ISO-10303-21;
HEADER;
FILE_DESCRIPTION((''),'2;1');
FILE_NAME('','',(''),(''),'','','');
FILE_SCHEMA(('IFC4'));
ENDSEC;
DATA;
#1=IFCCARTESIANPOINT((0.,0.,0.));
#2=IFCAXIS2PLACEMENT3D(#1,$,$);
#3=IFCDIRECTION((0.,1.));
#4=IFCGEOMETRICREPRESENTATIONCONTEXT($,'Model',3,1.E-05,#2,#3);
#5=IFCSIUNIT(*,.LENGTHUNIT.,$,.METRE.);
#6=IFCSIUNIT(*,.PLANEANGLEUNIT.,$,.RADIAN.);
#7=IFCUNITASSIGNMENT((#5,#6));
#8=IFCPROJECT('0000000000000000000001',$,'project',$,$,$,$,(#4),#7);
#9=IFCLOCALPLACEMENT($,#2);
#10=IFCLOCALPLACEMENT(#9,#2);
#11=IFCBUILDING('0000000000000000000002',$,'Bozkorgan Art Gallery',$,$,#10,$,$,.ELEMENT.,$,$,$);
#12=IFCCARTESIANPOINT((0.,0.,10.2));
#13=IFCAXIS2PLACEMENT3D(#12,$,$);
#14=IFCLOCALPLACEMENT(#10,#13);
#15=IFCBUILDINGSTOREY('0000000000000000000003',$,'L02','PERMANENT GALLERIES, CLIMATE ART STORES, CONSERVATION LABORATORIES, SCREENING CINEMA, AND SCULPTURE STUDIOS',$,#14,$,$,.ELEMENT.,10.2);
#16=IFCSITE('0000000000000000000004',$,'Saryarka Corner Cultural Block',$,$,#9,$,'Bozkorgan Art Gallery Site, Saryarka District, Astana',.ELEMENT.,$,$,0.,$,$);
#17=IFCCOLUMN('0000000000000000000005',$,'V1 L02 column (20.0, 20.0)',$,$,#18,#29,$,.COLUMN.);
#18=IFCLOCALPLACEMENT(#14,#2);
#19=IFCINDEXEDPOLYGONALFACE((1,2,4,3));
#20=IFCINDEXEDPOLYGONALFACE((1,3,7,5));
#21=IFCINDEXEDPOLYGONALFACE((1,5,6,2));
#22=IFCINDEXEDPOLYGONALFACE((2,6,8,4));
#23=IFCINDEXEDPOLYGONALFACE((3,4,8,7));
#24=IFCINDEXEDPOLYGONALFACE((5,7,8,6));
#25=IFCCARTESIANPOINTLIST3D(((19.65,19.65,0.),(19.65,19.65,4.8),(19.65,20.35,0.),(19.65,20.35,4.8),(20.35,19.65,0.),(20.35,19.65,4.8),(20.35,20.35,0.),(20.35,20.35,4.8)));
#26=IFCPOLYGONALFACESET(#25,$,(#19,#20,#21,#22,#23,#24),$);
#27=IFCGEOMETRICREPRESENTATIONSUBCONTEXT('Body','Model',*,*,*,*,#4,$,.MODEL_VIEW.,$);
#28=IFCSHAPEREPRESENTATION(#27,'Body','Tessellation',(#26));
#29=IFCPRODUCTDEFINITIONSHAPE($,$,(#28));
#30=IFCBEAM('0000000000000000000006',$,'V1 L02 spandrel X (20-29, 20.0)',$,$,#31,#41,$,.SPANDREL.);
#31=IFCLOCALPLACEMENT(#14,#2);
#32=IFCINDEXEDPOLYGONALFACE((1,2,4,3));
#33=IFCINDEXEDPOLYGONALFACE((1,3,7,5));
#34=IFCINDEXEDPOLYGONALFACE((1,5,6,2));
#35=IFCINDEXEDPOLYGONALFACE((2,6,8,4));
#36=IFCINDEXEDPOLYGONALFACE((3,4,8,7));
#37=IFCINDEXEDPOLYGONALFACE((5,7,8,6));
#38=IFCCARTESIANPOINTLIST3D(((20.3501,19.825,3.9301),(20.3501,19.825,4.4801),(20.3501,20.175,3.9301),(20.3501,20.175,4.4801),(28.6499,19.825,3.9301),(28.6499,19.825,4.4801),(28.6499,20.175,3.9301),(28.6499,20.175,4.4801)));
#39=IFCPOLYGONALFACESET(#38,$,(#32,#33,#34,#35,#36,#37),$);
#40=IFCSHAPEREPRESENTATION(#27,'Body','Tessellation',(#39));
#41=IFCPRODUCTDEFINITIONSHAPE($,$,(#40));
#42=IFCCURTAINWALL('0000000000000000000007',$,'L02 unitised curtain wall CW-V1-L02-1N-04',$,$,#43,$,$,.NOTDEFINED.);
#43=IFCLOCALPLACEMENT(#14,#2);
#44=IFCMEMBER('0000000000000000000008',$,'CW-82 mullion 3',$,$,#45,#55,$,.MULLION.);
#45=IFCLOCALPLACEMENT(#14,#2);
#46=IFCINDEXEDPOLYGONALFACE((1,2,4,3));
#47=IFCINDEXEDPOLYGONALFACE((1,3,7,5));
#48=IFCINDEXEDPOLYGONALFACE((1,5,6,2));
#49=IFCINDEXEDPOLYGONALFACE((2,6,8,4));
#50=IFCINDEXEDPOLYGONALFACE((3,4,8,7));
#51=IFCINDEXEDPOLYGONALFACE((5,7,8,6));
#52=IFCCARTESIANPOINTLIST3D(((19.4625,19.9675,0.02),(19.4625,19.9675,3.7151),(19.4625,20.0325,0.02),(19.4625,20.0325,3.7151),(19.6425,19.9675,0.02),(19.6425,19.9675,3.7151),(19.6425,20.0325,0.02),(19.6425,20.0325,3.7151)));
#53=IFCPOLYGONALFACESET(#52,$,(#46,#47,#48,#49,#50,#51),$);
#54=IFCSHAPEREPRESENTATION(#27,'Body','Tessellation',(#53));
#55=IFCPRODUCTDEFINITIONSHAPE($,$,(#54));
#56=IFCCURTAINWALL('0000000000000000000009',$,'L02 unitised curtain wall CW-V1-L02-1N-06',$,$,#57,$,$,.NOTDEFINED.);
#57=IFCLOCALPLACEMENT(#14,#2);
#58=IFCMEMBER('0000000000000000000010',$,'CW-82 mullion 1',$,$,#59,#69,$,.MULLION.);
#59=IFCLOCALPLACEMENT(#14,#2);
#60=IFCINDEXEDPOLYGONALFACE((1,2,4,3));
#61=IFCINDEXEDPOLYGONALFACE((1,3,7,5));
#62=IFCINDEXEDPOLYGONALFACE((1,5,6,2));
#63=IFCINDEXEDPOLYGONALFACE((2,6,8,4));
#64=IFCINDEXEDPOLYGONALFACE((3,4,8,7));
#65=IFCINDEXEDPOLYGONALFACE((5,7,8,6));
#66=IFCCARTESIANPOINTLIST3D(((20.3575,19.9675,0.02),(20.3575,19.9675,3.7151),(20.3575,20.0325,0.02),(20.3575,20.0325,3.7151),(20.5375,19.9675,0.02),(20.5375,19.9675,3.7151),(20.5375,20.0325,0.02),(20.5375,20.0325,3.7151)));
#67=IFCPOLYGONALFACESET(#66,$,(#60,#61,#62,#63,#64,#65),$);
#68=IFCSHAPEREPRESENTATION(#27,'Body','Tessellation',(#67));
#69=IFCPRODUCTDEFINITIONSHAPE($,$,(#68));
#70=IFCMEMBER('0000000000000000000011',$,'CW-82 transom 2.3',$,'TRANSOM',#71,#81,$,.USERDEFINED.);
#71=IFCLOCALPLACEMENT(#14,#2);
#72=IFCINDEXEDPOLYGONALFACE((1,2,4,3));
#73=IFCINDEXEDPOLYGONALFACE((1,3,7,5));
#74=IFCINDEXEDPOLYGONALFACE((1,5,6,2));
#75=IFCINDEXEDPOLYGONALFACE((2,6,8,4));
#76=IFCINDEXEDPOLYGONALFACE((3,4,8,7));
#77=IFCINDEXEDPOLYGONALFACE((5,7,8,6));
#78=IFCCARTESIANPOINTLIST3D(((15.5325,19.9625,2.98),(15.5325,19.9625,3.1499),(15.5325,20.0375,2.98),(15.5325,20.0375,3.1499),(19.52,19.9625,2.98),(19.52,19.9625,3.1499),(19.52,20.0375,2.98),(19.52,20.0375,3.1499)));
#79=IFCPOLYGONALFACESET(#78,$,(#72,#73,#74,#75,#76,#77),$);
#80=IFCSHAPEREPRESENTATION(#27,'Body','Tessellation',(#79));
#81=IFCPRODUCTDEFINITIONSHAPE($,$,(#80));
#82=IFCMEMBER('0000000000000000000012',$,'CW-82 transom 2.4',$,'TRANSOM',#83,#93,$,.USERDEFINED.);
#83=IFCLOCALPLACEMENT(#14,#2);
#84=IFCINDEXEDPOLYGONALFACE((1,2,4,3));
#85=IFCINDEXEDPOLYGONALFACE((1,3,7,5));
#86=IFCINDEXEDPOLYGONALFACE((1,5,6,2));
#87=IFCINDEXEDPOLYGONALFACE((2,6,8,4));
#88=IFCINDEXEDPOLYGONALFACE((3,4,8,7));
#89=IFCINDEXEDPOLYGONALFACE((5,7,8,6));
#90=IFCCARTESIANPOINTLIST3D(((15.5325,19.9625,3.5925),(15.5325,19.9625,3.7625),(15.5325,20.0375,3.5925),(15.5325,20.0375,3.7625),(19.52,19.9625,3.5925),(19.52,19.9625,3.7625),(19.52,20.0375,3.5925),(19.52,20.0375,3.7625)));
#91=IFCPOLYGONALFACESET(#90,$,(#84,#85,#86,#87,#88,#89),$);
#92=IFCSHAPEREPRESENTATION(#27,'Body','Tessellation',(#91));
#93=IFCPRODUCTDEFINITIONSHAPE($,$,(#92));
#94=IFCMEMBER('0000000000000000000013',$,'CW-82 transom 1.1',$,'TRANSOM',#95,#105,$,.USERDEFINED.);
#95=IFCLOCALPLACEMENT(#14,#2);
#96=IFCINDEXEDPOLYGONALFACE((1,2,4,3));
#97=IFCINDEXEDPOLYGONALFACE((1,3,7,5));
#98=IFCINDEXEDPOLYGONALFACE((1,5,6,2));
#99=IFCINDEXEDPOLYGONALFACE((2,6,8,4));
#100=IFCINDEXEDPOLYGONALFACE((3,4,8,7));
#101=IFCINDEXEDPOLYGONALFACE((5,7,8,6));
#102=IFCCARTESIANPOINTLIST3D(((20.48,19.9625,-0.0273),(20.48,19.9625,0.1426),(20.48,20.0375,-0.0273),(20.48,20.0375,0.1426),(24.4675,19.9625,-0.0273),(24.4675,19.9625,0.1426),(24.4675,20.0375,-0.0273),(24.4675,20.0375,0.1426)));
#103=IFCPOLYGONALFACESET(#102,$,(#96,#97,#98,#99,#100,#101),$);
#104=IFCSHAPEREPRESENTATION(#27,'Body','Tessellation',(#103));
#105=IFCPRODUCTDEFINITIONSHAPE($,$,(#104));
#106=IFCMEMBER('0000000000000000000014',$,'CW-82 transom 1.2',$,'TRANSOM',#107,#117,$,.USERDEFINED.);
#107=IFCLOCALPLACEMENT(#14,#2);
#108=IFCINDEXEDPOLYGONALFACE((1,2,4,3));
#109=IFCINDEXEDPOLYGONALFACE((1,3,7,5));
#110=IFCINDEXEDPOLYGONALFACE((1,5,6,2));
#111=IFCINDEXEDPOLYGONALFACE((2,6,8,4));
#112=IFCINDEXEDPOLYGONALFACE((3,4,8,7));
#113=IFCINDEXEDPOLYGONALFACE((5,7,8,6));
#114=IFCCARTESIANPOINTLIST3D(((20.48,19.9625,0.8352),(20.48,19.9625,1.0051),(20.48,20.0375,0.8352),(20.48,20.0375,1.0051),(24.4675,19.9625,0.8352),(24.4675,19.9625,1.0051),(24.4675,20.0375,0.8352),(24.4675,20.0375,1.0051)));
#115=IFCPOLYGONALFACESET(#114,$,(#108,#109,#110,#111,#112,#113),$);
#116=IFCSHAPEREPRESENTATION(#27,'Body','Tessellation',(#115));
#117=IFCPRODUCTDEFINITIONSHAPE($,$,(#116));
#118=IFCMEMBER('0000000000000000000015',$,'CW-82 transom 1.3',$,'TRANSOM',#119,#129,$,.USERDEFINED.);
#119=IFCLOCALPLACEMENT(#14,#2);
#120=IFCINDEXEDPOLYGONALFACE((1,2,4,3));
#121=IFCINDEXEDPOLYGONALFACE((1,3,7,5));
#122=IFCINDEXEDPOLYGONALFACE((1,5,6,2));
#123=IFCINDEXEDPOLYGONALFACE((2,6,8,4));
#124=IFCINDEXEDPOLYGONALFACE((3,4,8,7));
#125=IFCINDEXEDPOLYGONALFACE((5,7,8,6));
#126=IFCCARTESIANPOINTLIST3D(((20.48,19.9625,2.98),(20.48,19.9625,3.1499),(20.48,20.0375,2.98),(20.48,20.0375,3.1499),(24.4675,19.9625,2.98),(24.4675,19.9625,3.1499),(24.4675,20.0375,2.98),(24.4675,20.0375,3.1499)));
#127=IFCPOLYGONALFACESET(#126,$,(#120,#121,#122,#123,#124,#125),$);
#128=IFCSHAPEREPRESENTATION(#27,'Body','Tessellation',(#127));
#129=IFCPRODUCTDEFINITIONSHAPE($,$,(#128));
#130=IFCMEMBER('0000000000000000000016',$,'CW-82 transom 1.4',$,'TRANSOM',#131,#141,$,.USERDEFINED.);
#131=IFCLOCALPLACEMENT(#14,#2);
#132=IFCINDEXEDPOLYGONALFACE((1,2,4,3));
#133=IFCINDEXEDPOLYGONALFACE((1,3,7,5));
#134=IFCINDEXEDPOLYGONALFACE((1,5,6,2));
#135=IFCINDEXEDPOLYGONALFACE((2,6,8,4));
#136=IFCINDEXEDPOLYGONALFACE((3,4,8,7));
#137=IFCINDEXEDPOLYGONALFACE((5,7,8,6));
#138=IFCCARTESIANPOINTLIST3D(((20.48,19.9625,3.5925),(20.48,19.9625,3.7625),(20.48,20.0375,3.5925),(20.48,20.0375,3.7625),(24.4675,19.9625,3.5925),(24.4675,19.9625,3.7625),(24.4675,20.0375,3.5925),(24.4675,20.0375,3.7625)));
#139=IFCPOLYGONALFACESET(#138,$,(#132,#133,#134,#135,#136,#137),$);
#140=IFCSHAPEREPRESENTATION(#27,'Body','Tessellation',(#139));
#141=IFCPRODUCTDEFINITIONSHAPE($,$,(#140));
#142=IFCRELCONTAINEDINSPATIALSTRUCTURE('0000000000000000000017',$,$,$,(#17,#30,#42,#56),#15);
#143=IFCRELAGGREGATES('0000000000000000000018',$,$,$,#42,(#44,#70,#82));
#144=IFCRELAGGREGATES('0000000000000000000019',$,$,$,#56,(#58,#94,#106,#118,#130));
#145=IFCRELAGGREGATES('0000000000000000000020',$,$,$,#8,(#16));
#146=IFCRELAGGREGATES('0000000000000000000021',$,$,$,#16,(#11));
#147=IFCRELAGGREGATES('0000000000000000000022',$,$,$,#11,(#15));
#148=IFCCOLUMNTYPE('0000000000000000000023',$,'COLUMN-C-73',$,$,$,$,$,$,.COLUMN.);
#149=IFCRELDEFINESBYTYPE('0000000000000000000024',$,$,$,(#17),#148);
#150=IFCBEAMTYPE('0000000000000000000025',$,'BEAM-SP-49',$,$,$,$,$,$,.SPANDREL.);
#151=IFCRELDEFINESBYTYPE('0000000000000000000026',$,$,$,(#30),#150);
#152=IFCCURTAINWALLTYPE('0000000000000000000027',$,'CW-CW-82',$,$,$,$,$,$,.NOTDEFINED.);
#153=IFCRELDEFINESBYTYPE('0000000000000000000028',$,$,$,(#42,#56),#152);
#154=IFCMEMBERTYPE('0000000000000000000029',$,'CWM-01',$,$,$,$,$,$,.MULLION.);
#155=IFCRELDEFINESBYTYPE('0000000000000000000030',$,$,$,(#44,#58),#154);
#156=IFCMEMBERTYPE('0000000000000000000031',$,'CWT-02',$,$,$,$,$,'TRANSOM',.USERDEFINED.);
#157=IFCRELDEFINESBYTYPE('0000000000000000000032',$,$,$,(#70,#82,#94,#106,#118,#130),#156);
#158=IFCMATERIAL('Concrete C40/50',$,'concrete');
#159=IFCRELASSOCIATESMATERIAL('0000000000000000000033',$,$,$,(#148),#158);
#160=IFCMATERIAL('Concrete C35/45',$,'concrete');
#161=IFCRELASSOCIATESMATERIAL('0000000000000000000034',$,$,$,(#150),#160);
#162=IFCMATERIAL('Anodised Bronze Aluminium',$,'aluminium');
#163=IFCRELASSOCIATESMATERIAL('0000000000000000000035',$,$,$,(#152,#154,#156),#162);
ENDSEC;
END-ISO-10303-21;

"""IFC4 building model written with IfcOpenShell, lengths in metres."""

from ifc_helpers import new_model, si_unit, direction, frame, origin, origin_2d, place, context, subcontext, project, spatial, rectangle, extrude, material, material_profile, profile_set, type_object, element, aggregate, save


model = new_model("IFC4")

# Units and contexts
model_context = context("Model", 3, precision=1e-05, world=origin(), true_north=direction((0.0, 1.0)))
body_context = subcontext(model_context, "Body", "Model", "MODEL_VIEW")
ifc_project = project(units=[si_unit("LENGTHUNIT", "METRE"), si_unit("PLANEANGLEUNIT", "RADIAN")], contexts=[model_context])

# Site, building, storey
site_placement = place(None, origin())
site = spatial("IfcSite", under=ifc_project, at=site_placement, Name="Saryarka Corner Cultural Block", LongName="Bozkorgan Art Gallery Site, Saryarka District, Astana", CompositionType="ELEMENT", RefElevation=0.0)
building_placement = place(site_placement, origin())
building = spatial("IfcBuilding", under=site, at=building_placement, Name="Bozkorgan Art Gallery", CompositionType="ELEMENT")
storey_placement = place(building_placement, frame((0.0, 0.0, 10.2)))
storey = spatial("IfcBuildingStorey", under=building, at=storey_placement, Name="L02", Description="PERMANENT GALLERIES, CLIMATE ART STORES, CONSERVATION LABORATORIES, SCREENING CINEMA, AND SCULPTURE STUDIOS", CompositionType="ELEMENT", Elevation=10.2)

# Column
ifc_material_1 = material(Name="Concrete C40/50", Category="concrete")
ifc_material_profile_1 = material_profile(ifc_material_1, rectangle(XDim=0.7, YDim=0.7, at=origin_2d()), Name="RC 700x700")
ifc_profile_set_1 = profile_set([ifc_material_profile_1], Name="Concrete C40/50")
column_type = type_object("IfcColumnType", Name="COLUMN-C-73", PredefinedType="COLUMN", material=ifc_profile_set_1)
column_placement = place(storey_placement, frame((20.0, 20.0, 0.0), z_axis=(0.0, 0.0, 1.0), x_axis=(1.0, 0.0, 0.0)))
element("IfcColumn", 1, at=column_placement, inside=storey, type_object=column_type, Name="V1 L02 column (20.0, 20.0)", PredefinedType="COLUMN", context=body_context, shape_type="SweptSolid", body=[
    extrude(rectangle(XDim=0.7, YDim=0.7, at=origin_2d()), origin(), (0.0, 0.0, 1.0), 4.8),
])

# Beam
ifc_material_2 = material(Name="Concrete C35/45", Category="concrete")
ifc_material_profile_2 = material_profile(ifc_material_2, rectangle(XDim=0.3501, YDim=0.55, at=origin_2d()), Name="RC 350x550")
ifc_profile_set_2 = profile_set([ifc_material_profile_2], Name="Concrete C35/45")
beam_type = type_object("IfcBeamType", Name="BEAM-SP-49", PredefinedType="SPANDREL", material=ifc_profile_set_2)
beam_placement = place(storey_placement, frame((20.3501, 20.0, 4.2051), z_axis=(1.0, 0.0, 0.0), x_axis=(0.0, 1.0, 0.0)))
element("IfcBeam", 2, at=beam_placement, inside=storey, type_object=beam_type, Name="V1 L02 spandrel X (20-29, 20.0)", PredefinedType="SPANDREL", context=body_context, shape_type="SweptSolid", body=[
    extrude(rectangle(XDim=0.3501, YDim=0.55, at=origin_2d()), origin(), (0.0, 0.0, 1.0), 8.2998),
])

# Curtain walls, members
ifc_material_3 = material(Name="Anodised Bronze Aluminium", Category="aluminium")
curtain_wall_type = type_object("IfcCurtainWallType", Name="CW-CW-82", PredefinedType="NOTDEFINED", material=ifc_material_3)
curtain_wall_1_placement = place(storey_placement, origin())
curtain_wall_1 = element("IfcCurtainWall", 3, at=curtain_wall_1_placement, inside=storey, type_object=curtain_wall_type, Name="L02 unitised curtain wall CW-V1-L02-1N-04", PredefinedType="NOTDEFINED")
ifc_material_profile_3 = material_profile(ifc_material_3, rectangle(XDim=0.0649, YDim=0.1799, at=origin_2d()), Name="ALU MULLION 65x180")
ifc_profile_set_3 = profile_set([ifc_material_profile_3], Name="Anodised Bronze Aluminium")
member_type_1 = type_object("IfcMemberType", Name="CWM-01", PredefinedType="MULLION", material=ifc_profile_set_3)
member_1_placement = place(storey_placement, frame((19.5525, 20.0, 0.02), z_axis=(0.0, 0.0, 1.0), x_axis=(0.0, 1.0, 0.0)))
member_1 = element("IfcMember", 4, at=member_1_placement, type_object=member_type_1, Name="CW-82 mullion 3", PredefinedType="MULLION", context=body_context, shape_type="SweptSolid", body=[
    extrude(rectangle(XDim=0.0649, YDim=0.1799, at=origin_2d()), origin(), (0.0, 0.0, 1.0), 3.6951),
])
curtain_wall_2_placement = place(storey_placement, origin())
curtain_wall_2 = element("IfcCurtainWall", 5, at=curtain_wall_2_placement, inside=storey, type_object=curtain_wall_type, Name="L02 unitised curtain wall CW-V1-L02-1N-06", PredefinedType="NOTDEFINED")
member_2_placement = place(storey_placement, frame((20.4475, 20.0, 0.02), z_axis=(0.0, 0.0, 1.0), x_axis=(0.0, 1.0, 0.0)))
member_2 = element("IfcMember", 6, at=member_2_placement, type_object=member_type_1, Name="CW-82 mullion 1", PredefinedType="MULLION", context=body_context, shape_type="SweptSolid", body=[
    extrude(rectangle(XDim=0.0649, YDim=0.1799, at=origin_2d()), origin(), (0.0, 0.0, 1.0), 3.6951),
])

# Members
ifc_material_profile_4 = material_profile(ifc_material_3, rectangle(XDim=0.075, YDim=0.1699, at=origin_2d()), Name="ALU TRANSOM 75x170")
ifc_profile_set_4 = profile_set([ifc_material_profile_4], Name="Anodised Bronze Aluminium")
member_type_2 = type_object("IfcMemberType", Name="CWT-02", ElementType="TRANSOM", PredefinedType="USERDEFINED", material=ifc_profile_set_4)
member_3_placement = place(storey_placement, frame((15.5325, 20.0, 3.0649), z_axis=(1.0, 0.0, 0.0), x_axis=(0.0, 1.0, 0.0)))
member_3 = element("IfcMember", 7, at=member_3_placement, type_object=member_type_2, Name="CW-82 transom 2.3", ObjectType="TRANSOM", PredefinedType="USERDEFINED", context=body_context, shape_type="SweptSolid", body=[
    extrude(rectangle(XDim=0.075, YDim=0.1699, at=origin_2d()), origin(), (0.0, 0.0, 1.0), 3.9875),
])
member_4_placement = place(storey_placement, frame((15.5325, 20.0, 3.6775), z_axis=(1.0, 0.0, 0.0), x_axis=(0.0, 1.0, 0.0)))
member_4 = element("IfcMember", 8, at=member_4_placement, type_object=member_type_2, Name="CW-82 transom 2.4", ObjectType="TRANSOM", PredefinedType="USERDEFINED", context=body_context, shape_type="SweptSolid", body=[
    extrude(rectangle(XDim=0.075, YDim=0.1699, at=origin_2d()), origin(), (0.0, 0.0, 1.0), 3.9875),
])
member_5_placement = place(storey_placement, frame((20.48, 20.0, 0.0576), z_axis=(1.0, 0.0, 0.0), x_axis=(0.0, 1.0, 0.0)))
member_5 = element("IfcMember", 9, at=member_5_placement, type_object=member_type_2, Name="CW-82 transom 1.1", ObjectType="TRANSOM", PredefinedType="USERDEFINED", context=body_context, shape_type="SweptSolid", body=[
    extrude(rectangle(XDim=0.075, YDim=0.1699, at=origin_2d()), origin(), (0.0, 0.0, 1.0), 3.9875),
])
member_6_placement = place(storey_placement, frame((20.48, 20.0, 0.9202), z_axis=(1.0, 0.0, 0.0), x_axis=(0.0, 1.0, 0.0)))
member_6 = element("IfcMember", 10, at=member_6_placement, type_object=member_type_2, Name="CW-82 transom 1.2", ObjectType="TRANSOM", PredefinedType="USERDEFINED", context=body_context, shape_type="SweptSolid", body=[
    extrude(rectangle(XDim=0.075, YDim=0.1699, at=origin_2d()), origin(), (0.0, 0.0, 1.0), 3.9875),
])
member_7_placement = place(storey_placement, frame((20.48, 20.0, 3.0649), z_axis=(1.0, 0.0, 0.0), x_axis=(0.0, 1.0, 0.0)))
member_7 = element("IfcMember", 11, at=member_7_placement, type_object=member_type_2, Name="CW-82 transom 1.3", ObjectType="TRANSOM", PredefinedType="USERDEFINED", context=body_context, shape_type="SweptSolid", body=[
    extrude(rectangle(XDim=0.075, YDim=0.1699, at=origin_2d()), origin(), (0.0, 0.0, 1.0), 3.9875),
])
member_8_placement = place(storey_placement, frame((20.48, 20.0, 3.6775), z_axis=(1.0, 0.0, 0.0), x_axis=(0.0, 1.0, 0.0)))
member_8 = element("IfcMember", 12, at=member_8_placement, type_object=member_type_2, Name="CW-82 transom 1.4", ObjectType="TRANSOM", PredefinedType="USERDEFINED", context=body_context, shape_type="SweptSolid", body=[
    extrude(rectangle(XDim=0.075, YDim=0.1699, at=origin_2d()), origin(), (0.0, 0.0, 1.0), 3.9875),
])

aggregate(curtain_wall_1, [member_1, member_3, member_4])
aggregate(curtain_wall_2, [member_2, member_5, member_6, member_7, member_8])

save(model, "model.ifc")
